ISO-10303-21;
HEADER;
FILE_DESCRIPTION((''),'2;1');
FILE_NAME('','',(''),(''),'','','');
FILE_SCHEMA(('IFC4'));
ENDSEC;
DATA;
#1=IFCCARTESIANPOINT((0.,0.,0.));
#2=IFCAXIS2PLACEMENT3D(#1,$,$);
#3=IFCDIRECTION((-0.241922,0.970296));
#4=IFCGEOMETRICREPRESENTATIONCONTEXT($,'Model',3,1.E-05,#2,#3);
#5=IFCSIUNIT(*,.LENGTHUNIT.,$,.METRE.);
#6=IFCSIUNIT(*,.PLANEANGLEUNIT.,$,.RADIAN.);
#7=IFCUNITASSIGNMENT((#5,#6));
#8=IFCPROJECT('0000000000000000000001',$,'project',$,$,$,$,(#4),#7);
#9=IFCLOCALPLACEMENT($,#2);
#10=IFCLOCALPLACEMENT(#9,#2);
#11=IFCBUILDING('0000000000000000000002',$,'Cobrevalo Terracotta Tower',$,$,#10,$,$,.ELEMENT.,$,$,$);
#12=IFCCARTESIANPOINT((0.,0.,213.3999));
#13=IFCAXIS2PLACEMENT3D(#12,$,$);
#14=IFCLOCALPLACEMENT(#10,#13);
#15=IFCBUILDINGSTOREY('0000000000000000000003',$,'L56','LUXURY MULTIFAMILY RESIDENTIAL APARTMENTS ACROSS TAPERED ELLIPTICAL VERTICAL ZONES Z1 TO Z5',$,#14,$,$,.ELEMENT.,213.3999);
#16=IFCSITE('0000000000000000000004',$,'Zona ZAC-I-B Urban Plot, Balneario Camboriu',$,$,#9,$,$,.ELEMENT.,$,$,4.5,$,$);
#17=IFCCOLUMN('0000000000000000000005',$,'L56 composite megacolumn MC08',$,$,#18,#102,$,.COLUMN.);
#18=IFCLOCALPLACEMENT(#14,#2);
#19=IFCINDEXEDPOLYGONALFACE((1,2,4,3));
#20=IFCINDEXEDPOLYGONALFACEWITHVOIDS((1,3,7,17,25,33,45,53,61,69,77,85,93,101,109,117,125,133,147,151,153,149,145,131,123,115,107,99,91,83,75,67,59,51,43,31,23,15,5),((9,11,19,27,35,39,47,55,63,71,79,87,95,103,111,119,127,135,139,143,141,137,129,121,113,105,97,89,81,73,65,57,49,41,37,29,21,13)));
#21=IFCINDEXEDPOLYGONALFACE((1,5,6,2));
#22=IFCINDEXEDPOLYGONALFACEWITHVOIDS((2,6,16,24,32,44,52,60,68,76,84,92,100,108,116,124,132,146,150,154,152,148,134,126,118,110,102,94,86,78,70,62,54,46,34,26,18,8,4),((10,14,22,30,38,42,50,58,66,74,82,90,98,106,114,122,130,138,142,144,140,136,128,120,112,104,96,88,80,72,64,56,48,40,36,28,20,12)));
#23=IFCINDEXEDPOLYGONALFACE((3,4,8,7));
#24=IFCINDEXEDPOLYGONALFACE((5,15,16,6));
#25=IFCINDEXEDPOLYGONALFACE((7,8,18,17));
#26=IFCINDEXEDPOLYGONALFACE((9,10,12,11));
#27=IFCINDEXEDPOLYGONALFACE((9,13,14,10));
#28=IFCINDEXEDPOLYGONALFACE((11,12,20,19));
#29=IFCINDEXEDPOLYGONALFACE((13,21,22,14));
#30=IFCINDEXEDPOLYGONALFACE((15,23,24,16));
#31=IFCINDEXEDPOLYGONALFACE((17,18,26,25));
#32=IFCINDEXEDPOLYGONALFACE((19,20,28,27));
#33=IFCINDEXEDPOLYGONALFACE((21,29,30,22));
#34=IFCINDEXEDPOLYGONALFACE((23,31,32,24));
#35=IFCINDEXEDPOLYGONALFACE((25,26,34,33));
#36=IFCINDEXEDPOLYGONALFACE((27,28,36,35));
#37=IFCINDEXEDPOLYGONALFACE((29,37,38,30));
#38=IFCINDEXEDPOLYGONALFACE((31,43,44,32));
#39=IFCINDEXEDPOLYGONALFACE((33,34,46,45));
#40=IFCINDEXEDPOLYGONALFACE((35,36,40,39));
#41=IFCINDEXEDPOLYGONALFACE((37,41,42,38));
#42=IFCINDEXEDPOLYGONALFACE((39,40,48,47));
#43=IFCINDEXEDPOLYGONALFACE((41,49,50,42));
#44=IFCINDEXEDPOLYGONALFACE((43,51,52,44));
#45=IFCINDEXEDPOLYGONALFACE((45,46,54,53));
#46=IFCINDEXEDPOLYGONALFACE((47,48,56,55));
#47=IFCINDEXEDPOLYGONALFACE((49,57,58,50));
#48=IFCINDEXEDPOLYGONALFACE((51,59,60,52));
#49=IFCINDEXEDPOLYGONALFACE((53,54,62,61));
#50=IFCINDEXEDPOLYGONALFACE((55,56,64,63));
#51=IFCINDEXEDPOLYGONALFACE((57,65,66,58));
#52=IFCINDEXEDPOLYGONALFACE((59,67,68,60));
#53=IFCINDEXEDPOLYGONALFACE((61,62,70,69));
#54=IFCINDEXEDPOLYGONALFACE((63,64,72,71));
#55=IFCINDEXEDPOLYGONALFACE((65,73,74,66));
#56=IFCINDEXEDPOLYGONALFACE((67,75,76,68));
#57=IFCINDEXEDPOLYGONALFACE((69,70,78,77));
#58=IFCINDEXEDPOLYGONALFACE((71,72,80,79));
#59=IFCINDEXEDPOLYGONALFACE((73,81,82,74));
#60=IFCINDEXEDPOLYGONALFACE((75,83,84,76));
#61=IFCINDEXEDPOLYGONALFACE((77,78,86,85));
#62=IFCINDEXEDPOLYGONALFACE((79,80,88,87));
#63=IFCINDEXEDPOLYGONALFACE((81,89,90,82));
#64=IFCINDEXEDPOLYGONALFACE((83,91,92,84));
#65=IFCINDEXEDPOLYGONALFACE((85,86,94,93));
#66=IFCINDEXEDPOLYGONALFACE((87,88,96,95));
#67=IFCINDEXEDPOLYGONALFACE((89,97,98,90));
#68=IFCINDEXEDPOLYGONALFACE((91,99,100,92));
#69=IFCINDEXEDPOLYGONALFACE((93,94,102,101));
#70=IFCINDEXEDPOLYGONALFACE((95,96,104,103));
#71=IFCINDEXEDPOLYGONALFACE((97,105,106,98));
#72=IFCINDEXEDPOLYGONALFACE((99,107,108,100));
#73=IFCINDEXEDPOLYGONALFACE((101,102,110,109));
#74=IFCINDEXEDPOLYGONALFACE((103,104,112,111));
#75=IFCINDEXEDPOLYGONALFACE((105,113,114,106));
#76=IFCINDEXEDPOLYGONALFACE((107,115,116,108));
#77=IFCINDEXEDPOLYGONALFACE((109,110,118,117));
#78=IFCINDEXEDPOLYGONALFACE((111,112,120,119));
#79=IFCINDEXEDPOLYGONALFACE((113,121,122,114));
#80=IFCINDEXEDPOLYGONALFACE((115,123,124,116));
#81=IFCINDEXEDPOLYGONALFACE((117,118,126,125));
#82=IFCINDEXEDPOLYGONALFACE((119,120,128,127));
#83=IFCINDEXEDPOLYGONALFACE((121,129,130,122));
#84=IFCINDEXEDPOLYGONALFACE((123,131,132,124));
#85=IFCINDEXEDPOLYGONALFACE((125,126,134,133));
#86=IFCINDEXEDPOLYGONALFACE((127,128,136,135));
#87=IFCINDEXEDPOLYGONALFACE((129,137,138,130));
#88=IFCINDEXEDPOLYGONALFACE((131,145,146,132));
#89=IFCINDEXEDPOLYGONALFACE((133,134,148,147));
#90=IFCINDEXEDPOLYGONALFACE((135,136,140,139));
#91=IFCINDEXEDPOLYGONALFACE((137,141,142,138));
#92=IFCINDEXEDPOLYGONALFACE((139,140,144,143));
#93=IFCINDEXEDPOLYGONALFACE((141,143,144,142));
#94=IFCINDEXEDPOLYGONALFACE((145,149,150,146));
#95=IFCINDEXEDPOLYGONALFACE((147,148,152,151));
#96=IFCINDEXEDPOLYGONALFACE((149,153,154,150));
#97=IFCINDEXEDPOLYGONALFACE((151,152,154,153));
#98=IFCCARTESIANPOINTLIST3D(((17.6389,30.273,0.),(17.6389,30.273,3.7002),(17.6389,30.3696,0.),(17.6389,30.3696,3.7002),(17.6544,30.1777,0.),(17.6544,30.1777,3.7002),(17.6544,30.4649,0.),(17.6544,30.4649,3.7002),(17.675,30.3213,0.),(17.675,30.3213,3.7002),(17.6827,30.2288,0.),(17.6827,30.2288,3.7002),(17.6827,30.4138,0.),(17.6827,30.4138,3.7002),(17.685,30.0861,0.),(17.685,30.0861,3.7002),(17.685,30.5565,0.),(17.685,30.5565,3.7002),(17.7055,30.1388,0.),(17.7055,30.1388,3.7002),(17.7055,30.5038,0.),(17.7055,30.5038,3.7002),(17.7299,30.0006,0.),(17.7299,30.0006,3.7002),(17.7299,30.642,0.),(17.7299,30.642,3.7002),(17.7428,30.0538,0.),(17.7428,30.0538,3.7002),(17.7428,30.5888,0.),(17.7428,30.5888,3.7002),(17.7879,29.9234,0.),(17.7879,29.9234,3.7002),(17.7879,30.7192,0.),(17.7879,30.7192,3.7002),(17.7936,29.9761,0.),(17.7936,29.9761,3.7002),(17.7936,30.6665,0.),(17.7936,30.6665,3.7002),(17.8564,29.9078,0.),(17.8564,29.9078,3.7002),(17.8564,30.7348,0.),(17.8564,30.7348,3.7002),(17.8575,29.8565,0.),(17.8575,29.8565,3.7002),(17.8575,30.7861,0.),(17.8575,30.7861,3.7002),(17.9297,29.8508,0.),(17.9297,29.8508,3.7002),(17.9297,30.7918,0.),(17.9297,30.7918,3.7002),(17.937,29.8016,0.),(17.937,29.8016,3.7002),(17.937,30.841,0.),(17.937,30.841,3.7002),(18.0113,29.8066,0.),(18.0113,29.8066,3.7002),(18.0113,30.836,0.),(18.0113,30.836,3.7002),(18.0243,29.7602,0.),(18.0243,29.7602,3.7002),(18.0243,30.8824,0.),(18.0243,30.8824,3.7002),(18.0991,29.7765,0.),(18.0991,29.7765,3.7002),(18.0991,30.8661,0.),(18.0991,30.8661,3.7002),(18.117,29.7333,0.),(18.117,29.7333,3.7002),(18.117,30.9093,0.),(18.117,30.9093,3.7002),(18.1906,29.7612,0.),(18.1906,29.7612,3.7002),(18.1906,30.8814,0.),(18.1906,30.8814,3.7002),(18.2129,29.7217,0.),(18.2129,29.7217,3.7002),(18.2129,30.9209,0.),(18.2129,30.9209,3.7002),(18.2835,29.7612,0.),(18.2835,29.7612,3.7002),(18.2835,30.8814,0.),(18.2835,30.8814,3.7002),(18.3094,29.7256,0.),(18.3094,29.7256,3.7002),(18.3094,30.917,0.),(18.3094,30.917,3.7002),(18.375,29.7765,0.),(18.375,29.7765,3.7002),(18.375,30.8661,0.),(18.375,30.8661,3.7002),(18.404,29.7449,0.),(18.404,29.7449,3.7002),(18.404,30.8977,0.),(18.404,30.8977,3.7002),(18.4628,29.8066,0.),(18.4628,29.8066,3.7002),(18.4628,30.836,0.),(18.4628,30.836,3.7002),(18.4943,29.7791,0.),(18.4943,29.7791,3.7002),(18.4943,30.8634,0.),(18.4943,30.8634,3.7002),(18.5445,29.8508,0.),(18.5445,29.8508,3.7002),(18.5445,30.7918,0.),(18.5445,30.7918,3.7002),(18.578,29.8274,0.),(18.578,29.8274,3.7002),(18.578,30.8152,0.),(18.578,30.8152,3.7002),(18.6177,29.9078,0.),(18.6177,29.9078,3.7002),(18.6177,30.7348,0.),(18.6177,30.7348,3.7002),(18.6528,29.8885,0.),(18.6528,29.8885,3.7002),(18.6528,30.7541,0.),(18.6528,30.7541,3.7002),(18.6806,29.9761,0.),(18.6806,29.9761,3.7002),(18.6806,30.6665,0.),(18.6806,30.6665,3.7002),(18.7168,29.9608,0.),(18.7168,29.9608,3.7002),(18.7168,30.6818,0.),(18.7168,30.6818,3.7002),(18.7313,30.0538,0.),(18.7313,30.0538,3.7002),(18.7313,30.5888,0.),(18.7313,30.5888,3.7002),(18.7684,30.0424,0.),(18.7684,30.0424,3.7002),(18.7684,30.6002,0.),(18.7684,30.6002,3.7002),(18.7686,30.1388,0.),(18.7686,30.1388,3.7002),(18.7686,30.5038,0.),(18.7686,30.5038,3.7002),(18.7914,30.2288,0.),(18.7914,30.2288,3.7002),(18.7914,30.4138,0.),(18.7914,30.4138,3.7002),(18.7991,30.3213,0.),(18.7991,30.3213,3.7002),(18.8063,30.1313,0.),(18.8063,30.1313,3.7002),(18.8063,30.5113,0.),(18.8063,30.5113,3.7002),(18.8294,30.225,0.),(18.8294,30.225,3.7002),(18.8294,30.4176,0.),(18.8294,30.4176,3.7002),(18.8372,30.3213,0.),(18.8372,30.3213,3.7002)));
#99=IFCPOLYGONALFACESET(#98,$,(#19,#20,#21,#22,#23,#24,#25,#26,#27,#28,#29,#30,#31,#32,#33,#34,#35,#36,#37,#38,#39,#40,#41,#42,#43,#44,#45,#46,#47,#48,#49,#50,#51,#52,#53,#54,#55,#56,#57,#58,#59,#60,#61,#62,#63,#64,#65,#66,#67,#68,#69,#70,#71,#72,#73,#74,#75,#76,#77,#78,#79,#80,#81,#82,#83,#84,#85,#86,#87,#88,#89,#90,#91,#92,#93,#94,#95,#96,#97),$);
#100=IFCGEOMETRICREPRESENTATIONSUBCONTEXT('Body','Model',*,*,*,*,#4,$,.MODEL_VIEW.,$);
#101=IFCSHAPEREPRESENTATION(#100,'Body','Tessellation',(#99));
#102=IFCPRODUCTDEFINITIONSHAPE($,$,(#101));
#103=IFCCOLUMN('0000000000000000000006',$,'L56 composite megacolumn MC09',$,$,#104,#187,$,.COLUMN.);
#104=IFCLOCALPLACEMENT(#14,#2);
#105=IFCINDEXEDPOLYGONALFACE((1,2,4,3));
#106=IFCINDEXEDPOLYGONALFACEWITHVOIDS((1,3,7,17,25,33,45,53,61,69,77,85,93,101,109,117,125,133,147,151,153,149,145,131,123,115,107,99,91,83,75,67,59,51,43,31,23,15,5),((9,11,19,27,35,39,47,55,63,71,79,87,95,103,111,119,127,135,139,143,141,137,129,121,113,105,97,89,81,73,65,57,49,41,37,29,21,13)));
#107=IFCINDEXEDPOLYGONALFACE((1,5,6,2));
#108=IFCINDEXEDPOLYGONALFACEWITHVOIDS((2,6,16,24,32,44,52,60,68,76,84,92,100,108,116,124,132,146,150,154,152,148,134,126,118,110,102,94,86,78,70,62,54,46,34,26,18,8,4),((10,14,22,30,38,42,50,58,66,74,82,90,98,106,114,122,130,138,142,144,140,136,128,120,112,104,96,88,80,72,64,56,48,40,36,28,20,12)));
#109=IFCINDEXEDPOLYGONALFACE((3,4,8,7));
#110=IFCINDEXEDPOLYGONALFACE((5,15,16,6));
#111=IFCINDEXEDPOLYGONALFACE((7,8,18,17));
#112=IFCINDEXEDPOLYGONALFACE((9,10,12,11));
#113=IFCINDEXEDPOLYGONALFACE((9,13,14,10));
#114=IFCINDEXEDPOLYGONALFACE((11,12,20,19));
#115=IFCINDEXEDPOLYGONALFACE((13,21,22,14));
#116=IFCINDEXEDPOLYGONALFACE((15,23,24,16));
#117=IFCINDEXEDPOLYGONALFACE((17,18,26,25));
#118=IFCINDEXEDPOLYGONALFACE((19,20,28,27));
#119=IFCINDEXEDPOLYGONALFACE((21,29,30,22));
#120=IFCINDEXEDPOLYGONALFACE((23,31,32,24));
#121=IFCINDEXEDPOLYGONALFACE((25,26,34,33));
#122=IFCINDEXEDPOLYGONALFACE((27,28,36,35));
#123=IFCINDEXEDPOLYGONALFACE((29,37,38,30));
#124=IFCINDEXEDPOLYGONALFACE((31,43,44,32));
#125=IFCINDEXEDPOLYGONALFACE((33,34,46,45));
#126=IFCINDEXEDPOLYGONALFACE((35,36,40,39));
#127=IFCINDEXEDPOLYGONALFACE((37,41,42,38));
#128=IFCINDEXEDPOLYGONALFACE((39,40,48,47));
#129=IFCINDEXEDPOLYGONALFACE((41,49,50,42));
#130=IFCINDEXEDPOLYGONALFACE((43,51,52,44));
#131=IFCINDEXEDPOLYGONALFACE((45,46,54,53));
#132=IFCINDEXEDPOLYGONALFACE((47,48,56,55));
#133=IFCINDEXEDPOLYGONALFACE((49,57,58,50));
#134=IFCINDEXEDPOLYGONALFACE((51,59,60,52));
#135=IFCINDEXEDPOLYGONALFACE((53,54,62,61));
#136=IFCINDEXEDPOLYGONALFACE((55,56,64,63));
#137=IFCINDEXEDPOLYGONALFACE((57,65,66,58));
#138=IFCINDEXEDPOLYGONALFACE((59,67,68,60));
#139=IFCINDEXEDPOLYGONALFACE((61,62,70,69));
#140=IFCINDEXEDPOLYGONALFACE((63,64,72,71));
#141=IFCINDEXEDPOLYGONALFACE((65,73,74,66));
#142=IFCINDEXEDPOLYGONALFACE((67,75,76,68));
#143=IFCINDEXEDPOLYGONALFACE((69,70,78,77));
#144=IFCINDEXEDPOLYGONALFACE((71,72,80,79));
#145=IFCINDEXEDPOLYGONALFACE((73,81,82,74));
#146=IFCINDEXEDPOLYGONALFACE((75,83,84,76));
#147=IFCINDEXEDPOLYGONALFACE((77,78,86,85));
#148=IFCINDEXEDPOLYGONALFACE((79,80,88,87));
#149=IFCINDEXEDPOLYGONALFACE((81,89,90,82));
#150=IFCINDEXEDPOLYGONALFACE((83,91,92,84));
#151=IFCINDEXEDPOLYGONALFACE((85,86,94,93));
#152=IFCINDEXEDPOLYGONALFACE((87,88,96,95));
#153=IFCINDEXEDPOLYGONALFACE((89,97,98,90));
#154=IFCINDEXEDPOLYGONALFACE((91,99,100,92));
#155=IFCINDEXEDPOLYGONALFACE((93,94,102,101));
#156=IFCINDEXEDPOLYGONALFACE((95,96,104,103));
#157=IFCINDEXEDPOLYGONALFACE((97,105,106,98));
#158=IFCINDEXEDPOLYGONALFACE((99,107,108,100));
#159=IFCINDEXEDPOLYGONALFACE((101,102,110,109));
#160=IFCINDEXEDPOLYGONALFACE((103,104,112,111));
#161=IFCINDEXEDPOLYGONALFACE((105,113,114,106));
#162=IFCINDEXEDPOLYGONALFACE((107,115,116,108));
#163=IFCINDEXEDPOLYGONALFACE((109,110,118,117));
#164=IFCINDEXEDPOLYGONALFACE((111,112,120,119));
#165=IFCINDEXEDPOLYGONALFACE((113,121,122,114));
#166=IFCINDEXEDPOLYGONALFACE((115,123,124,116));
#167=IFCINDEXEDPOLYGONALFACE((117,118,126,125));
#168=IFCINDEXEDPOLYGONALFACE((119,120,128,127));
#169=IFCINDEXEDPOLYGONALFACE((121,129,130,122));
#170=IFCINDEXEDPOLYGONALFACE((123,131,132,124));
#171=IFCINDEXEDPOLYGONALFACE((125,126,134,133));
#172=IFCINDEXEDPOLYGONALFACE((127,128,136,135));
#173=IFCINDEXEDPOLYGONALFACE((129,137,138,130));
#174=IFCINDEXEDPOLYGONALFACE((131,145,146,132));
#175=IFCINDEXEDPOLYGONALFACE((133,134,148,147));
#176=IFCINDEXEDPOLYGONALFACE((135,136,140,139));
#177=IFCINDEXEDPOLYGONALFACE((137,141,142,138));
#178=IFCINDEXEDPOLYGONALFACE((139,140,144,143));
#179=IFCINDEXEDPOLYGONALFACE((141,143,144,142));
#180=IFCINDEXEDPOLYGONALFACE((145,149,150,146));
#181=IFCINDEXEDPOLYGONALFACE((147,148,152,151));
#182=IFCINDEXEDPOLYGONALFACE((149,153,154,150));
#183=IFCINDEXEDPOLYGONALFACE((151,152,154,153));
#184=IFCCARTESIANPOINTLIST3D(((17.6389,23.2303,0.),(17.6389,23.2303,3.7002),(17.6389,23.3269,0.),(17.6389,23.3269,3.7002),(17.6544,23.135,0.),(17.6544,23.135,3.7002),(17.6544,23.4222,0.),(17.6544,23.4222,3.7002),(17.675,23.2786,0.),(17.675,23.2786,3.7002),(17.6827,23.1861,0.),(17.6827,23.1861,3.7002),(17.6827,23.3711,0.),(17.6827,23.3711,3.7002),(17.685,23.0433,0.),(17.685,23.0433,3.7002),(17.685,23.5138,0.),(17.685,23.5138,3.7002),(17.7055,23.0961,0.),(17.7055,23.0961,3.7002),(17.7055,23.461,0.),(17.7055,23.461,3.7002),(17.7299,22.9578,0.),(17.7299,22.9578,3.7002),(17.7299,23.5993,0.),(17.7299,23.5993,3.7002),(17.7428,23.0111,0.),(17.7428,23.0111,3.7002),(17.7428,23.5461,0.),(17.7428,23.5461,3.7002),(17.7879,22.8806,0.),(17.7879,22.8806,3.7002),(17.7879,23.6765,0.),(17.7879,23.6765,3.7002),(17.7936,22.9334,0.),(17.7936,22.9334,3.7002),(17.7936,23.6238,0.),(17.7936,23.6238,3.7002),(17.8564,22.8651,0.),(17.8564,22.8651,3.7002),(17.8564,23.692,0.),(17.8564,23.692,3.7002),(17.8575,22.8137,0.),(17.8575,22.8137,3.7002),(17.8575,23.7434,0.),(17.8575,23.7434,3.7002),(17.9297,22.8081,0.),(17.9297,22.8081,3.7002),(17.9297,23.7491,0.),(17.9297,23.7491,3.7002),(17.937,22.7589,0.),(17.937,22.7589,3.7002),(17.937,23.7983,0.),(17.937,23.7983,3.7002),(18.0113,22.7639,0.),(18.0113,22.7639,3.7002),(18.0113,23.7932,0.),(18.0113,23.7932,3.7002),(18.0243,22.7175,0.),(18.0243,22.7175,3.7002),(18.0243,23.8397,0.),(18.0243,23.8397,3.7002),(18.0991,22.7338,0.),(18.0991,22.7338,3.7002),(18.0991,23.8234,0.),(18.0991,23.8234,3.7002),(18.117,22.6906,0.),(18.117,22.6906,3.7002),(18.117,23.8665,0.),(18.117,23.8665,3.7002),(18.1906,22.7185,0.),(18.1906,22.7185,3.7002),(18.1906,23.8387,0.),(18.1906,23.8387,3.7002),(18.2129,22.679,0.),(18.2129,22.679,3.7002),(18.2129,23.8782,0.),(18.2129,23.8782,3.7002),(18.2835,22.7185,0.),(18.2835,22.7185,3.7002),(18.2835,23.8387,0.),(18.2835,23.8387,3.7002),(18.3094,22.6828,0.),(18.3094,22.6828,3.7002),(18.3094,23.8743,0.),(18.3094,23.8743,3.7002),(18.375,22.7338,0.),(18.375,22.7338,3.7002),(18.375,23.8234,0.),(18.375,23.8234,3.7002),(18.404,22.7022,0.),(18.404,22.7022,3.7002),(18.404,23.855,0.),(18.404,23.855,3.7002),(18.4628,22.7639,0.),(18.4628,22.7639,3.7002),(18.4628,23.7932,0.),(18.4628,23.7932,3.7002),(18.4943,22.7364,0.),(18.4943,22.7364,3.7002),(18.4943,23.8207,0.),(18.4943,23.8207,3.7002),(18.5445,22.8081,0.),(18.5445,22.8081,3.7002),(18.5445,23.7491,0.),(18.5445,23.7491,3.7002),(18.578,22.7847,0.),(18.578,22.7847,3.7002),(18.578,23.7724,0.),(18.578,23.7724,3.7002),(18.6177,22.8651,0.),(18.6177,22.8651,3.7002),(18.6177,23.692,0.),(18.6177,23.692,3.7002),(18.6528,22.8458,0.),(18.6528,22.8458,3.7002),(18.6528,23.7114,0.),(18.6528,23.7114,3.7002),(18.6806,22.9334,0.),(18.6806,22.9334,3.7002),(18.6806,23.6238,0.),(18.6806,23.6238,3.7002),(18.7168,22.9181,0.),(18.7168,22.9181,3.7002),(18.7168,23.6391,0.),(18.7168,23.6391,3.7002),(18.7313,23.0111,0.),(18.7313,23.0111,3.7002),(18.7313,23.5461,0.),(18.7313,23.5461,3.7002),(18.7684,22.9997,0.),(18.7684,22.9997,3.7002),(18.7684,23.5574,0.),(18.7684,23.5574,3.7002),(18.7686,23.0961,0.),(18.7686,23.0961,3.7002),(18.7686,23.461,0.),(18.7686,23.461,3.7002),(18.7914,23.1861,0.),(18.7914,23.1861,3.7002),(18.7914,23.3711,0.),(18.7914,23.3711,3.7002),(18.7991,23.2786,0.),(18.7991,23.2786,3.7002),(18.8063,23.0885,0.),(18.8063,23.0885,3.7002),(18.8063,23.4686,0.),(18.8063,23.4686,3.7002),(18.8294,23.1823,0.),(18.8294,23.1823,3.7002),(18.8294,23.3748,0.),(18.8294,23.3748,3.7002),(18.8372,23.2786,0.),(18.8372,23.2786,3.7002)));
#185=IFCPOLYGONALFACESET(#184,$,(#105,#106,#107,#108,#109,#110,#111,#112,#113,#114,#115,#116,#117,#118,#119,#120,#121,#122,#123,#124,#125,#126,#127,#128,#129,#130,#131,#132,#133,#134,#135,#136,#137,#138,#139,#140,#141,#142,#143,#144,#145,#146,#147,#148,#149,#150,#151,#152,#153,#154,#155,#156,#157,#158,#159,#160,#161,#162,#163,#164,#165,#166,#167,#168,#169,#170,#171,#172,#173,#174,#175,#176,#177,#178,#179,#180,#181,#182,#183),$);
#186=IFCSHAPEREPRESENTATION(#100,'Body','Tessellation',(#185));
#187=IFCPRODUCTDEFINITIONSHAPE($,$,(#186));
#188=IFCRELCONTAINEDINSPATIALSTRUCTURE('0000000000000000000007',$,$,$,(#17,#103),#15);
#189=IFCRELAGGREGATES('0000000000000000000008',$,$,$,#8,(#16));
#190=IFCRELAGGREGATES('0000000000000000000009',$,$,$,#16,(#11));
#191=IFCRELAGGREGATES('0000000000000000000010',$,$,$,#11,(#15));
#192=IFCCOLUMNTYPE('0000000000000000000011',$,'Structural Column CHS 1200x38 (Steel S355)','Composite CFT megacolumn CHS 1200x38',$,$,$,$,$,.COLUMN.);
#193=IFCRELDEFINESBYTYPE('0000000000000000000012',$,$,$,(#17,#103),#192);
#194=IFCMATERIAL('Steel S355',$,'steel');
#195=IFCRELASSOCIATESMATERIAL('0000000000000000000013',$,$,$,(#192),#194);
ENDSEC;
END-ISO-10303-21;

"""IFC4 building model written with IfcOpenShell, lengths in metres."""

from ifc_helpers import new_model, si_unit, direction, frame, origin, origin_2d, place, context, subcontext, project, spatial, hollow_circle, extrude, material, material_profile, profile_set, type_object, element, save


model = new_model("IFC4")

# Units and contexts
model_context = context("Model", 3, precision=1e-05, world=origin(), true_north=direction((-0.241922, 0.970296)))
body_context = subcontext(model_context, "Body", "Model", "MODEL_VIEW")
ifc_project = project(units=[si_unit("LENGTHUNIT", "METRE"), si_unit("PLANEANGLEUNIT", "RADIAN")], contexts=[model_context])

# Site, building, storey
site_placement = place(None, origin())
site = spatial("IfcSite", under=ifc_project, at=site_placement, Name="Zona ZAC-I-B Urban Plot, Balneario Camboriu", CompositionType="ELEMENT", RefElevation=4.5)
building_placement = place(site_placement, origin())
building = spatial("IfcBuilding", under=site, at=building_placement, Name="Cobrevalo Terracotta Tower", CompositionType="ELEMENT")
storey_placement = place(building_placement, frame((0.0, 0.0, 213.3999)))
storey = spatial("IfcBuildingStorey", under=building, at=storey_placement, Name="L56", Description="LUXURY MULTIFAMILY RESIDENTIAL APARTMENTS ACROSS TAPERED ELLIPTICAL VERTICAL ZONES Z1 TO Z5", CompositionType="ELEMENT", Elevation=213.3999)

# Columns
ifc_material_1 = material(Name="Steel S355", Category="steel")
ifc_material_profile_1 = material_profile(ifc_material_1, hollow_circle(Radius=0.6001, WallThickness=0.0381, at=origin_2d()), Name="CHS 1200x38")
ifc_profile_set_1 = profile_set([ifc_material_profile_1], Name="Steel S355")
column_type = type_object("IfcColumnType", Name="Structural Column CHS 1200x38 (Steel S355)", Description="Composite CFT megacolumn CHS 1200x38", PredefinedType="COLUMN", material=ifc_profile_set_1)
for number, where, z_axis, x_axis, name in (
    (1, (18.2371, 30.3213, 0.0), (0.0, 0.0, 1.0), (1.0, 0.0, 0.0), "L56 composite megacolumn MC08"),
    (2, (18.2371, 23.2786, 0.0), (0.0, 0.0, 1.0), (1.0, 0.0, 0.0), "L56 composite megacolumn MC09"),
):
    element("IfcColumn", number, at=place(storey_placement, frame(where, z_axis=z_axis, x_axis=x_axis)), inside=storey, type_object=column_type, Name=name, PredefinedType="COLUMN", context=body_context, shape_type="SweptSolid", body=[
        extrude(hollow_circle(Radius=0.6001, WallThickness=0.0381, at=origin_2d()), origin(), (0.0, 0.0, 1.0), 3.7002),
    ])

save(model, "model.ifc")
